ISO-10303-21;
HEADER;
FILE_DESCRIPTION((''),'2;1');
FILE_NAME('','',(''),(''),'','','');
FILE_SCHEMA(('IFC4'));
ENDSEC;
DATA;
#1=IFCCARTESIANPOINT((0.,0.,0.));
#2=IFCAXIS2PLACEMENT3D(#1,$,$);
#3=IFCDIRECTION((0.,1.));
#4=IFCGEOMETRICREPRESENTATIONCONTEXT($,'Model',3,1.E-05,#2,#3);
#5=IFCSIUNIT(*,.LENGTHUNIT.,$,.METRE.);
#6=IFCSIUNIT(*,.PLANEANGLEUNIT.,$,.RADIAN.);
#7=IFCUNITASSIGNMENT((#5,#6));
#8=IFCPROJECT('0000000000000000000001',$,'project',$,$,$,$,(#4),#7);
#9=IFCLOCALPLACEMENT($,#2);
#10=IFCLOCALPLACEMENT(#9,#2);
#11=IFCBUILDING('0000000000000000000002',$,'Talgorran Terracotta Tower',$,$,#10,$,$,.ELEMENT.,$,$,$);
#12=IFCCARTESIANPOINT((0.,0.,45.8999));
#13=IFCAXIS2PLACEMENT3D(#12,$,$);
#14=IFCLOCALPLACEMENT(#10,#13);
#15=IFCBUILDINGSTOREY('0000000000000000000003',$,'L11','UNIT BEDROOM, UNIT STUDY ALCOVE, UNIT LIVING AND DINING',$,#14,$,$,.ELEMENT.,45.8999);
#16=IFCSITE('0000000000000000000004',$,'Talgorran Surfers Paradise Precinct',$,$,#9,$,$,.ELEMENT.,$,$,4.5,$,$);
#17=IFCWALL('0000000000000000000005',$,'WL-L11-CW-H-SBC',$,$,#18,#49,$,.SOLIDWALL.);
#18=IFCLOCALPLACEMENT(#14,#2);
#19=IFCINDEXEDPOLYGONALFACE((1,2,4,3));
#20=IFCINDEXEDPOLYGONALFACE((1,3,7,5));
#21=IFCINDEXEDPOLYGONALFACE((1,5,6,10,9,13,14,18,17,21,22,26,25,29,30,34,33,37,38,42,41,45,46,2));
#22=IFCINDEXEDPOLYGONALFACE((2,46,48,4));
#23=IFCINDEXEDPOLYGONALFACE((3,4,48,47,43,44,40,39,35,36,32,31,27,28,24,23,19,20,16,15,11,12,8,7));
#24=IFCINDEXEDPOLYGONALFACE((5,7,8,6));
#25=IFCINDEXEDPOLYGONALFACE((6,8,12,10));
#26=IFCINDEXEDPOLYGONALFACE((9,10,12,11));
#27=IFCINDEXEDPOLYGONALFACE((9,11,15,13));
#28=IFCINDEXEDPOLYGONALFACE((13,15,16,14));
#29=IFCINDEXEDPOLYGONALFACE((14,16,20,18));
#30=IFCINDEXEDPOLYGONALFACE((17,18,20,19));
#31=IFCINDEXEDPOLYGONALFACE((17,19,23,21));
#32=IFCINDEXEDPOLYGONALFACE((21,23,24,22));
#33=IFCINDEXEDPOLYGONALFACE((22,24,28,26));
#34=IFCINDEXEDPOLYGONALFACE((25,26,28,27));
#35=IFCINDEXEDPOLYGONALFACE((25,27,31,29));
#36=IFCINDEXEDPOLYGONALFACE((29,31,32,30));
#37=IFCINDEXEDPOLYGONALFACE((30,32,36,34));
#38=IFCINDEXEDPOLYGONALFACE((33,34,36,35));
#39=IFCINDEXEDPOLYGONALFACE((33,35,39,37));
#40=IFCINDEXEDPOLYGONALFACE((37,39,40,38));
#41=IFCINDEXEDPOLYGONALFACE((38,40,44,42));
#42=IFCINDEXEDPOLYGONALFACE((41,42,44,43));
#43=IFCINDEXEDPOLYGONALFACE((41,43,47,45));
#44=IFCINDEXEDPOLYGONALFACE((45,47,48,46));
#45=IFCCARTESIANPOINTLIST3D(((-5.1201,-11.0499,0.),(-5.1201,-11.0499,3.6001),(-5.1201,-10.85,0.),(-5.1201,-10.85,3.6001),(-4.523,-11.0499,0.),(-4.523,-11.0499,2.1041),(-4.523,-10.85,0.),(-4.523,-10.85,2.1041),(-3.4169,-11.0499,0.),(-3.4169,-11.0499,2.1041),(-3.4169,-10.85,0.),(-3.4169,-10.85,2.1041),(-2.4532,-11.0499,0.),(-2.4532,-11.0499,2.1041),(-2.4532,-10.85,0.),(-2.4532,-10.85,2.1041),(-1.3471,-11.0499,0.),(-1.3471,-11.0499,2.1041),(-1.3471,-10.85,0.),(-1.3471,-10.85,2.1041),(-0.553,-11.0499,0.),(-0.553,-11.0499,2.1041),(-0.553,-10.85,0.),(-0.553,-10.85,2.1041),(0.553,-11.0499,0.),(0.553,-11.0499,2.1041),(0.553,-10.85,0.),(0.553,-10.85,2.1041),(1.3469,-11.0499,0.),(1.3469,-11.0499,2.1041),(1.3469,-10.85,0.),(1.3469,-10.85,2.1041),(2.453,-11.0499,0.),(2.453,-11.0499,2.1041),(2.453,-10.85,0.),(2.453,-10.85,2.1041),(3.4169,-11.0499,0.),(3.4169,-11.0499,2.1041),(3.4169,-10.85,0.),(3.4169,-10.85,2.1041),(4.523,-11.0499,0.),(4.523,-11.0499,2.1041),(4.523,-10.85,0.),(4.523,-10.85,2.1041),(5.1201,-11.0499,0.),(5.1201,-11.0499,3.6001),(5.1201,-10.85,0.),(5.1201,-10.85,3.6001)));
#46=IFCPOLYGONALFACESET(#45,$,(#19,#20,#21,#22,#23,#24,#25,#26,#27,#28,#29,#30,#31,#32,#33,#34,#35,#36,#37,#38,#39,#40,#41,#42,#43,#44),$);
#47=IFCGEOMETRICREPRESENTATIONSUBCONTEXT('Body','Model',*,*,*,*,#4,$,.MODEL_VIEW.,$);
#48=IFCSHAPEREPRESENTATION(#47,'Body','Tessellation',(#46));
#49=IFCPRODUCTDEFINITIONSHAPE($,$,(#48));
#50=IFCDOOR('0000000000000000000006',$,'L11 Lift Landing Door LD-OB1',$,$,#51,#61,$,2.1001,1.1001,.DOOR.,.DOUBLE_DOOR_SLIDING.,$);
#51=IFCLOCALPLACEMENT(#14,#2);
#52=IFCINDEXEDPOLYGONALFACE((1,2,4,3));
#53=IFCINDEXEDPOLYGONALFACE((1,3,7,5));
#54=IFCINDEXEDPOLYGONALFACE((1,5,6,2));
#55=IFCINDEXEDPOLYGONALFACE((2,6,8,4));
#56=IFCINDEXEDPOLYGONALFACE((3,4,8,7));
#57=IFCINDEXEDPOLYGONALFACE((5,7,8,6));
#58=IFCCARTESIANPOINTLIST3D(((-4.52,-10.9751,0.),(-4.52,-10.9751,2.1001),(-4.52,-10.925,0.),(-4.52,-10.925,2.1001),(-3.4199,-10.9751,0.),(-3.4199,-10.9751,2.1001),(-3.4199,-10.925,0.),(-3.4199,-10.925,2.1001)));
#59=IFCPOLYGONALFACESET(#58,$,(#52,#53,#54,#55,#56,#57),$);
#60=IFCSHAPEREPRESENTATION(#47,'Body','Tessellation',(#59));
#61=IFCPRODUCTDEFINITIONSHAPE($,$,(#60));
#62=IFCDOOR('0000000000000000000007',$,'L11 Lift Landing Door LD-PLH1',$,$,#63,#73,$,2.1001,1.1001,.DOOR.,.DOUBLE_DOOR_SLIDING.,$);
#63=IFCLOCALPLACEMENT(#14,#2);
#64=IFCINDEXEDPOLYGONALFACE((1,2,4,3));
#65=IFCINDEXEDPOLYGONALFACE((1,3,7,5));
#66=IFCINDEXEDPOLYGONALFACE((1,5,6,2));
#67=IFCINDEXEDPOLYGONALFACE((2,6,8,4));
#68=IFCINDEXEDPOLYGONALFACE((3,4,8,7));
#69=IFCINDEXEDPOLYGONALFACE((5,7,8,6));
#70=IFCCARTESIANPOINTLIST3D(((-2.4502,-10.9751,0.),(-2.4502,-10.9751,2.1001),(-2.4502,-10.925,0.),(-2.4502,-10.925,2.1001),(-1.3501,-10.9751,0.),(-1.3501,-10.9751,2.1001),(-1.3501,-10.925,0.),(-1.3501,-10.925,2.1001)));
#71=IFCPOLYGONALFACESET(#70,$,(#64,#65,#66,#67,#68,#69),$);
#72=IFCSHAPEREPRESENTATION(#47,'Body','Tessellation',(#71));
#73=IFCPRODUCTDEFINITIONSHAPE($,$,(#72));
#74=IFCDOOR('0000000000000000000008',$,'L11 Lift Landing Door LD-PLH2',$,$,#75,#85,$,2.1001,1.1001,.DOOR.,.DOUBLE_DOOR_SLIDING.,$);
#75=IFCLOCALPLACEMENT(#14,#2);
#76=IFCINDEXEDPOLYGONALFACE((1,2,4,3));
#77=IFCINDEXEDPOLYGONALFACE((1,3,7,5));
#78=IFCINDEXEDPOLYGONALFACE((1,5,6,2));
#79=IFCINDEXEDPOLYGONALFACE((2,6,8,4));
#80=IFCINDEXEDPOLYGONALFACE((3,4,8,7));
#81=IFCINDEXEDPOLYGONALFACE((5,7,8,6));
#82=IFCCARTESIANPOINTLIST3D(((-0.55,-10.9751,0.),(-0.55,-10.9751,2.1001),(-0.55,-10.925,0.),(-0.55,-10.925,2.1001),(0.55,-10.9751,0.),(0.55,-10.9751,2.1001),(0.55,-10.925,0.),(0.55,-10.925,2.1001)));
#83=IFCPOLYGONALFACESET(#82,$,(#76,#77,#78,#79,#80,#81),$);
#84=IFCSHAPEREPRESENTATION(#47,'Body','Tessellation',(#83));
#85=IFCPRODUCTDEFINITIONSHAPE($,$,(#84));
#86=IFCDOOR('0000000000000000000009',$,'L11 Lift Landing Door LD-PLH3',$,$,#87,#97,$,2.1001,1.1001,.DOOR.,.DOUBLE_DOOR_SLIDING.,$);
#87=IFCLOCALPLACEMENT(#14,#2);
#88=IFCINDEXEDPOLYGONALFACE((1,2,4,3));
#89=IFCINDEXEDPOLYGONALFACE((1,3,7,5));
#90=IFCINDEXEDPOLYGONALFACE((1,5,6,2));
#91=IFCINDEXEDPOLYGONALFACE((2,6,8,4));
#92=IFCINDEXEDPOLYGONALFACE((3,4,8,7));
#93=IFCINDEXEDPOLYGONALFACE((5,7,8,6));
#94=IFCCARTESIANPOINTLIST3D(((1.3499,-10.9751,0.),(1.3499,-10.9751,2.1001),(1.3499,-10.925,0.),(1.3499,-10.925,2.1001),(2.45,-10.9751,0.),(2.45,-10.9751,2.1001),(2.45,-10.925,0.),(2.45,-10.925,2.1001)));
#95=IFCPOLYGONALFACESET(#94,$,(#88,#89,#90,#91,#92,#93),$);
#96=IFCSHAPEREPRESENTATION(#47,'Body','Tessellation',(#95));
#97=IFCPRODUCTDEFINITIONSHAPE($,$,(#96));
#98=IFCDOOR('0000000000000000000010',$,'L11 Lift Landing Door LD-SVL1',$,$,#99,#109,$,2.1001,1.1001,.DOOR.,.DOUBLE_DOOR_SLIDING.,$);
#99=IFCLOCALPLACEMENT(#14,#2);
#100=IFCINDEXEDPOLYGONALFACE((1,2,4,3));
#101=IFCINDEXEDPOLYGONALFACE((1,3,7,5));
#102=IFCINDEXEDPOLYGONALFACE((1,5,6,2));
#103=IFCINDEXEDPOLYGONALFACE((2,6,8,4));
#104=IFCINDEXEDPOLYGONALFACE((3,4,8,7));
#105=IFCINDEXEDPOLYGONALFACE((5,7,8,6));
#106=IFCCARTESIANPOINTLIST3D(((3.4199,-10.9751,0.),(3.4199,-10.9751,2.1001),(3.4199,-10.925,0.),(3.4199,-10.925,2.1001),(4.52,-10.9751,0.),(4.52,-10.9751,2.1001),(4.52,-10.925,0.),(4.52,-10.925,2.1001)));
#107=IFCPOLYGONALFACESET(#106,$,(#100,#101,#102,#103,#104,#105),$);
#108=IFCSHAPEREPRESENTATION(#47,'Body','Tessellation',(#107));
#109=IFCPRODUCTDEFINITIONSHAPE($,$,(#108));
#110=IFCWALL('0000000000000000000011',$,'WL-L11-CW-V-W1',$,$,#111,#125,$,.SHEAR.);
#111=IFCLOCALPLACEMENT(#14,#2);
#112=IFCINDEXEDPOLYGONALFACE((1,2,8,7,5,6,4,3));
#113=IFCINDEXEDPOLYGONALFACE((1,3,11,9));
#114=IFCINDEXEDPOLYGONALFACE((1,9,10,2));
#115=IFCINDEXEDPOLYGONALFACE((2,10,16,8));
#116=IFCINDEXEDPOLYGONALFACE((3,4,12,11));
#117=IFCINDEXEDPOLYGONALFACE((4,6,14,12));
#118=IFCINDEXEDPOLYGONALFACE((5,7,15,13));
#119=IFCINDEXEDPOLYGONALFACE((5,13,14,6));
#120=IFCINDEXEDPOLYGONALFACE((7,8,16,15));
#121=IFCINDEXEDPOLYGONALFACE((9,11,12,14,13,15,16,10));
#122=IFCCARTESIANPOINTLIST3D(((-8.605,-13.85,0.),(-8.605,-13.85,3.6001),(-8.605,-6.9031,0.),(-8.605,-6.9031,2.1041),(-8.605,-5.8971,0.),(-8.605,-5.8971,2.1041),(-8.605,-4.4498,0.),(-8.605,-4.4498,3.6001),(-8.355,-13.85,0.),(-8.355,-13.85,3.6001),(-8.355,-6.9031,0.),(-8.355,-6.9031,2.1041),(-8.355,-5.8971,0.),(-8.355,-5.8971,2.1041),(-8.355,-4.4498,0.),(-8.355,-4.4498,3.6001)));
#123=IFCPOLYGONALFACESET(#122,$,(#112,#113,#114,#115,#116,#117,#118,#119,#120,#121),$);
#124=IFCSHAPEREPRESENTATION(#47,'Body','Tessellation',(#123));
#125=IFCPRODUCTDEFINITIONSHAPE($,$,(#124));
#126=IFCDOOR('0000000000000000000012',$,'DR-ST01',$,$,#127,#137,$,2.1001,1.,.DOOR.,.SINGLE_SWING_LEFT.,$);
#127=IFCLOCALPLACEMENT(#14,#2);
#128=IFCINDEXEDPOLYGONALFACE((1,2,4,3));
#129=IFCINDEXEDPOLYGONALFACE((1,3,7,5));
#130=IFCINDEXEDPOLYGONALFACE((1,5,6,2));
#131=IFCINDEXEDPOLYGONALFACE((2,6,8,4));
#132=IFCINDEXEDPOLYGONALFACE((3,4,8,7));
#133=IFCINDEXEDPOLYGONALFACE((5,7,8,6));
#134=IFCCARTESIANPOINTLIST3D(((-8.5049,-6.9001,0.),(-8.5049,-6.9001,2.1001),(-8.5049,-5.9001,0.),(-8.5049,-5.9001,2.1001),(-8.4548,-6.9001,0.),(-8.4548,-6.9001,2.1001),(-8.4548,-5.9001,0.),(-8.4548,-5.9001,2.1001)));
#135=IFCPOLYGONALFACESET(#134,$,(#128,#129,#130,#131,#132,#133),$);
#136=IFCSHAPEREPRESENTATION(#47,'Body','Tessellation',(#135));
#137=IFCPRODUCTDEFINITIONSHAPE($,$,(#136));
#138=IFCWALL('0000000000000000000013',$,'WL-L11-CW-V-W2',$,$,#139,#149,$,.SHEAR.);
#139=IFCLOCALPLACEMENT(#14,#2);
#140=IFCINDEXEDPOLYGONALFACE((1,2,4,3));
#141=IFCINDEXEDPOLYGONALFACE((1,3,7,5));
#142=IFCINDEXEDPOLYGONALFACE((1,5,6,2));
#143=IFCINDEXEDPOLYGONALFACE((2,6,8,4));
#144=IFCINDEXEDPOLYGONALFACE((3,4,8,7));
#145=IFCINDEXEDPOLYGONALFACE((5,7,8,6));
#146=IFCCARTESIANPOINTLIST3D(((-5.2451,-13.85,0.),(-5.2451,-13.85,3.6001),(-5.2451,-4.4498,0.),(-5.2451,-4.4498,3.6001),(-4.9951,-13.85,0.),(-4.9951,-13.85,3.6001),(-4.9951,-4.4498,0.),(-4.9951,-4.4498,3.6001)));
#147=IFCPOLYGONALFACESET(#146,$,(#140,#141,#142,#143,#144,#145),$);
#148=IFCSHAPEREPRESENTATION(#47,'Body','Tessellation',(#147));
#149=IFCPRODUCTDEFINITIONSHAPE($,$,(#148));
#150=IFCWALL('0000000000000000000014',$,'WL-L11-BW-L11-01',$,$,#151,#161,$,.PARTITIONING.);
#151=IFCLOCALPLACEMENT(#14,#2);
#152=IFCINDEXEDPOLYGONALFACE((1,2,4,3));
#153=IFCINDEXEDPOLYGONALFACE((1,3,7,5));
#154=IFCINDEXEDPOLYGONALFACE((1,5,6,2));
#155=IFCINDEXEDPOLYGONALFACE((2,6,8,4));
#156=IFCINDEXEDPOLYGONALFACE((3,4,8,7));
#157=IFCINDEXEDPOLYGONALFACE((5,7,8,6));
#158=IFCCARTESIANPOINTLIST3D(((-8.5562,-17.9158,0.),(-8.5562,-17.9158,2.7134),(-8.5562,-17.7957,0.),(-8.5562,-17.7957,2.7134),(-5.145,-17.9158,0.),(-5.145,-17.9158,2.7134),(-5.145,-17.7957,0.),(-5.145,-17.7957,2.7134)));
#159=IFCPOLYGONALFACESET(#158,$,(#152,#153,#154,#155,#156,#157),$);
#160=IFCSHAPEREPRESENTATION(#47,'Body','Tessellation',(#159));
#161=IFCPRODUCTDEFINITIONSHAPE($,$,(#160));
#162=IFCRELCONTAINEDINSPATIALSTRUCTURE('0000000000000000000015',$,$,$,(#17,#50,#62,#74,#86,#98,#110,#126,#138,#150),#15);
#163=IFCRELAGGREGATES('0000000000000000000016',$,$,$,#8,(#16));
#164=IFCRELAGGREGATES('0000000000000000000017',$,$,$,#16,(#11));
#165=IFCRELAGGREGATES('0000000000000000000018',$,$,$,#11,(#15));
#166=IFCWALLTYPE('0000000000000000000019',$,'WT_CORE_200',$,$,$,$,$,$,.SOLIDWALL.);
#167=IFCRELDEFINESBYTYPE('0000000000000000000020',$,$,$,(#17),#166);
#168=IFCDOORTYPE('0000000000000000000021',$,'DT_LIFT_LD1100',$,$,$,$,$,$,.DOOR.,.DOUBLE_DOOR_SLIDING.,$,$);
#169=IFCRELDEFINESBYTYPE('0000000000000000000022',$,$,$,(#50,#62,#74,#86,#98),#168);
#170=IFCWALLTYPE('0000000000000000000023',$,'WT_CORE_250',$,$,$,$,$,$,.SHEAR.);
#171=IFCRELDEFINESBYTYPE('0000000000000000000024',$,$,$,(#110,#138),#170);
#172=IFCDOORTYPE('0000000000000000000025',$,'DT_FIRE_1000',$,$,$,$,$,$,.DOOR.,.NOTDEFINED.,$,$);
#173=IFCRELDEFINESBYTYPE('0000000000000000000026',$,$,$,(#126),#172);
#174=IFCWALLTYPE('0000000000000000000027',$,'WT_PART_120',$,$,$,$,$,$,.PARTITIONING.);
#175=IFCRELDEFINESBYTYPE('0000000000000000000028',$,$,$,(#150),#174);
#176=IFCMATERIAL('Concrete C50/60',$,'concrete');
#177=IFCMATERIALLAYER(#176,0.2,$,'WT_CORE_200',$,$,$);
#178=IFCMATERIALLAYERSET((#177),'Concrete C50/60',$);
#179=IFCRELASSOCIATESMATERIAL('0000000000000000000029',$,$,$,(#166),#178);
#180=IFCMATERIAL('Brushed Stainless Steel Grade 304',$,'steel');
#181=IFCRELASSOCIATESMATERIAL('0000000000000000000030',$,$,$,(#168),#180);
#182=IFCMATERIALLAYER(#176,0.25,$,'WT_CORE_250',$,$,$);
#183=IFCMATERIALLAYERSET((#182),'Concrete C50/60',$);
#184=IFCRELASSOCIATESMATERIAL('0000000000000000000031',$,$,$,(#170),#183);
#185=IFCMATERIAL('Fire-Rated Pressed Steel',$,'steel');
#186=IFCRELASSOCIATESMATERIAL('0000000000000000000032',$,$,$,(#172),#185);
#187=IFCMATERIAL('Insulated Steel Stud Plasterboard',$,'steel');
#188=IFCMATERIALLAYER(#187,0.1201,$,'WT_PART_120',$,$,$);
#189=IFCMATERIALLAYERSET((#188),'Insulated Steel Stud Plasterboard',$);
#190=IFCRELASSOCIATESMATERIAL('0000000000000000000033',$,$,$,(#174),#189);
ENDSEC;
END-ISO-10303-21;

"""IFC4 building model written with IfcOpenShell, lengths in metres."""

from ifc_helpers import new_model, si_unit, direction, frame, frame_2d, origin, place, context, subcontext, project, spatial, rectangle, extrude, material, layer, layer_set, type_object, element, fill, save


model = new_model("IFC4")

# Units and contexts
model_context = context("Model", 3, precision=1e-05, world=origin(), true_north=direction((0.0, 1.0)))
body_context = subcontext(model_context, "Body", "Model", "MODEL_VIEW")
ifc_project = project(units=[si_unit("LENGTHUNIT", "METRE"), si_unit("PLANEANGLEUNIT", "RADIAN")], contexts=[model_context])

# Site, building, storey
site_placement = place(None, origin())
site = spatial("IfcSite", under=ifc_project, at=site_placement, Name="Talgorran Surfers Paradise Precinct", CompositionType="ELEMENT", RefElevation=4.5)
building_placement = place(site_placement, origin())
building = spatial("IfcBuilding", under=site, at=building_placement, Name="Talgorran Terracotta Tower", CompositionType="ELEMENT")
storey_placement = place(building_placement, frame((0.0, 0.0, 45.8999)))
storey = spatial("IfcBuildingStorey", under=building, at=storey_placement, Name="L11", Description="UNIT BEDROOM, UNIT STUDY ALCOVE, UNIT LIVING AND DINING", CompositionType="ELEMENT", Elevation=45.8999)

# Shared definitions
ifc_material_1 = material(Name="Concrete C50/60", Category="concrete")
ifc_layer_1 = layer(ifc_material_1, 0.2, Name="WT_CORE_200")
ifc_layer_set_1 = layer_set([ifc_layer_1], Name="Concrete C50/60")
wall_type_1 = type_object("IfcWallType", Name="WT_CORE_200", PredefinedType="SOLIDWALL", material=ifc_layer_set_1)

# Wall, openings, doors
ifc_material_2 = material(Name="Brushed Stainless Steel Grade 304", Category="steel")
door_type_1 = type_object("IfcDoorType", Name="DT_LIFT_LD1100", OperationType="DOUBLE_DOOR_SLIDING", PredefinedType="DOOR", material=ifc_material_2)
ifc_material_3 = material(Name="Fire-Rated Pressed Steel", Category="steel")
wall_1_placement = place(storey_placement, frame((-5.1201, -10.95, 0.0), z_axis=(0.0, 0.0, 1.0), x_axis=(1.0, 0.0, 0.0)))
wall_1 = element("IfcWall", 1, at=wall_1_placement, inside=storey, type_object=wall_type_1, Name="WL-L11-CW-H-SBC", PredefinedType="SOLIDWALL", context=body_context, shape_type="SweptSolid", body=[
    extrude(rectangle(XDim=10.2402, YDim=0.2, at=frame_2d((5.1201, 0.0))), origin(), (0.0, 0.0, 1.0), 3.6001),
])
opening_1_placement = place(wall_1_placement, frame((0.6001, 0.0, 0.0)))
opening_1 = element("IfcOpeningElement", 2, at=opening_1_placement, cuts=wall_1, PredefinedType="OPENING", context=body_context, shape_type="SweptSolid", body=[
    extrude(rectangle(XDim=1.1061, YDim=2.1041, at=frame_2d((0.55, 1.052))), frame((0.0, 0.1099, 0.0), z_axis=(0.0, -1.0, 0.0), x_axis=(1.0, 0.0, 0.0)), (0.0, 0.0, 1.0), 0.22),
])
opening_2_placement = place(wall_1_placement, frame((2.6699, 0.0, 0.0)))
opening_2 = element("IfcOpeningElement", 3, at=opening_2_placement, cuts=wall_1, PredefinedType="OPENING", context=body_context, shape_type="SweptSolid", body=[
    extrude(rectangle(XDim=1.1061, YDim=2.1041, at=frame_2d((0.55, 1.052))), frame((0.0, 0.1099, 0.0), z_axis=(0.0, -1.0, 0.0), x_axis=(1.0, 0.0, 0.0)), (0.0, 0.0, 1.0), 0.22),
])
opening_3_placement = place(wall_1_placement, frame((4.5701, 0.0, 0.0)))
opening_3 = element("IfcOpeningElement", 4, at=opening_3_placement, cuts=wall_1, PredefinedType="OPENING", context=body_context, shape_type="SweptSolid", body=[
    extrude(rectangle(XDim=1.1061, YDim=2.1041, at=frame_2d((0.55, 1.052))), frame((0.0, 0.1099, 0.0), z_axis=(0.0, -1.0, 0.0), x_axis=(1.0, 0.0, 0.0)), (0.0, 0.0, 1.0), 0.22),
])
opening_4_placement = place(wall_1_placement, frame((6.47, 0.0, 0.0)))
opening_4 = element("IfcOpeningElement", 5, at=opening_4_placement, cuts=wall_1, PredefinedType="OPENING", context=body_context, shape_type="SweptSolid", body=[
    extrude(rectangle(XDim=1.1061, YDim=2.1041, at=frame_2d((0.55, 1.052))), frame((0.0, 0.1099, 0.0), z_axis=(0.0, -1.0, 0.0), x_axis=(1.0, 0.0, 0.0)), (0.0, 0.0, 1.0), 0.22),
])
opening_5_placement = place(wall_1_placement, frame((8.54, 0.0, 0.0)))
opening_5 = element("IfcOpeningElement", 6, at=opening_5_placement, cuts=wall_1, PredefinedType="OPENING", context=body_context, shape_type="SweptSolid", body=[
    extrude(rectangle(XDim=1.1061, YDim=2.1041, at=frame_2d((0.55, 1.052))), frame((0.0, 0.1099, 0.0), z_axis=(0.0, -1.0, 0.0), x_axis=(1.0, 0.0, 0.0)), (0.0, 0.0, 1.0), 0.22),
])
door_1_placement = place(opening_1_placement, origin())
door_1 = element("IfcDoor", 7, at=door_1_placement, inside=storey, type_object=door_type_1, Name="L11 Lift Landing Door LD-OB1", OperationType="DOUBLE_DOOR_SLIDING", OverallHeight=2.1001, OverallWidth=1.1001, PredefinedType="DOOR", context=body_context, shape_type="SweptSolid", body=[
    extrude(rectangle(XDim=1.1001, YDim=2.1001, at=frame_2d((0.55, 1.05))), frame((0.0, 0.0249, 0.0), z_axis=(0.0, -1.0, 0.0), x_axis=(1.0, 0.0, 0.0)), (0.0, 0.0, 1.0), 0.05),
])
fill(opening_1, door_1)
door_2_placement = place(opening_2_placement, origin())
door_2 = element("IfcDoor", 8, at=door_2_placement, inside=storey, type_object=door_type_1, Name="L11 Lift Landing Door LD-PLH1", OperationType="DOUBLE_DOOR_SLIDING", OverallHeight=2.1001, OverallWidth=1.1001, PredefinedType="DOOR", context=body_context, shape_type="SweptSolid", body=[
    extrude(rectangle(XDim=1.1001, YDim=2.1001, at=frame_2d((0.55, 1.05))), frame((0.0, 0.0249, 0.0), z_axis=(0.0, -1.0, 0.0), x_axis=(1.0, 0.0, 0.0)), (0.0, 0.0, 1.0), 0.05),
])
fill(opening_2, door_2)
door_3_placement = place(opening_3_placement, origin())
door_3 = element("IfcDoor", 9, at=door_3_placement, inside=storey, type_object=door_type_1, Name="L11 Lift Landing Door LD-PLH2", OperationType="DOUBLE_DOOR_SLIDING", OverallHeight=2.1001, OverallWidth=1.1001, PredefinedType="DOOR", context=body_context, shape_type="SweptSolid", body=[
    extrude(rectangle(XDim=1.1001, YDim=2.1001, at=frame_2d((0.55, 1.05))), frame((0.0, 0.0249, 0.0), z_axis=(0.0, -1.0, 0.0), x_axis=(1.0, 0.0, 0.0)), (0.0, 0.0, 1.0), 0.05),
])
fill(opening_3, door_3)
door_4_placement = place(opening_4_placement, origin())
door_4 = element("IfcDoor", 10, at=door_4_placement, inside=storey, type_object=door_type_1, Name="L11 Lift Landing Door LD-PLH3", OperationType="DOUBLE_DOOR_SLIDING", OverallHeight=2.1001, OverallWidth=1.1001, PredefinedType="DOOR", context=body_context, shape_type="SweptSolid", body=[
    extrude(rectangle(XDim=1.1001, YDim=2.1001, at=frame_2d((0.55, 1.05))), frame((0.0, 0.0249, 0.0), z_axis=(0.0, -1.0, 0.0), x_axis=(1.0, 0.0, 0.0)), (0.0, 0.0, 1.0), 0.05),
])
fill(opening_4, door_4)
door_5_placement = place(opening_5_placement, origin())
door_5 = element("IfcDoor", 11, at=door_5_placement, inside=storey, type_object=door_type_1, Name="L11 Lift Landing Door LD-SVL1", OperationType="DOUBLE_DOOR_SLIDING", OverallHeight=2.1001, OverallWidth=1.1001, PredefinedType="DOOR", context=body_context, shape_type="SweptSolid", body=[
    extrude(rectangle(XDim=1.1001, YDim=2.1001, at=frame_2d((0.55, 1.05))), frame((0.0, 0.0249, 0.0), z_axis=(0.0, -1.0, 0.0), x_axis=(1.0, 0.0, 0.0)), (0.0, 0.0, 1.0), 0.05),
])
fill(opening_5, door_5)

# Wall, opening, door
ifc_layer_2 = layer(ifc_material_1, 0.25, Name="WT_CORE_250")
ifc_layer_set_2 = layer_set([ifc_layer_2], Name="Concrete C50/60")
wall_type_2 = type_object("IfcWallType", Name="WT_CORE_250", PredefinedType="SHEAR", material=ifc_layer_set_2)
wall_2_placement = place(storey_placement, frame((-8.48, -13.8501, 0.0), z_axis=(0.0, 0.0, 1.0), x_axis=(0.0, 1.0, 0.0)))
wall_2 = element("IfcWall", 12, at=wall_2_placement, inside=storey, type_object=wall_type_2, Name="WL-L11-CW-V-W1", PredefinedType="SHEAR", context=body_context, shape_type="SweptSolid", body=[
    extrude(rectangle(XDim=9.4001, YDim=0.25, at=frame_2d((4.7002, 0.0))), origin(), (0.0, 0.0, 1.0), 3.6001),
])
opening_6_placement = place(wall_2_placement, frame((6.95, 0.0, 0.0)))
opening_6 = element("IfcOpeningElement", 13, at=opening_6_placement, cuts=wall_2, PredefinedType="OPENING", context=body_context, shape_type="SweptSolid", body=[
    extrude(rectangle(XDim=1.006, YDim=2.1041, at=frame_2d((0.5, 1.052))), frame((0.0, 0.135, 0.0), z_axis=(0.0, -1.0, 0.0), x_axis=(1.0, 0.0, 0.0)), (0.0, 0.0, 1.0), 0.27),
])
door_type_2 = type_object("IfcDoorType", Name="DT_FIRE_1000", OperationType="NOTDEFINED", PredefinedType="DOOR", material=ifc_material_3)
door_6_placement = place(opening_6_placement, origin())
door_6 = element("IfcDoor", 14, at=door_6_placement, inside=storey, type_object=door_type_2, Name="DR-ST01", OperationType="SINGLE_SWING_LEFT", OverallHeight=2.1001, OverallWidth=1.0, PredefinedType="DOOR", context=body_context, shape_type="SweptSolid", body=[
    extrude(rectangle(XDim=1.0, YDim=2.1001, at=frame_2d((0.5, 1.05))), frame((0.0, 0.0249, 0.0), z_axis=(0.0, -1.0, 0.0), x_axis=(1.0, 0.0, 0.0)), (0.0, 0.0, 1.0), 0.05),
])
fill(opening_6, door_6)

# Walls
wall_3_placement = place(storey_placement, frame((-5.1201, -13.8501, 0.0), z_axis=(0.0, 0.0, 1.0), x_axis=(0.0, 1.0, 0.0)))
element("IfcWall", 15, at=wall_3_placement, inside=storey, type_object=wall_type_2, Name="WL-L11-CW-V-W2", PredefinedType="SHEAR", context=body_context, shape_type="SweptSolid", body=[
    extrude(rectangle(XDim=9.4001, YDim=0.25, at=frame_2d((4.7002, 0.0))), origin(), (0.0, 0.0, 1.0), 3.6001),
])
ifc_material_4 = material(Name="Insulated Steel Stud Plasterboard", Category="steel")
ifc_layer_3 = layer(ifc_material_4, 0.1201, Name="WT_PART_120")
ifc_layer_set_3 = layer_set([ifc_layer_3], Name="Insulated Steel Stud Plasterboard")
wall_type_3 = type_object("IfcWallType", Name="WT_PART_120", PredefinedType="PARTITIONING", material=ifc_layer_set_3)
wall_4_placement = place(storey_placement, frame((-8.5562, -17.8557, 0.0), z_axis=(0.0, 0.0, 1.0), x_axis=(1.0, 0.0, 0.0)))
element("IfcWall", 16, at=wall_4_placement, inside=storey, type_object=wall_type_3, Name="WL-L11-BW-L11-01", PredefinedType="PARTITIONING", context=body_context, shape_type="SweptSolid", body=[
    extrude(rectangle(XDim=3.4111, YDim=0.1201, at=frame_2d((1.7056, 0.0))), origin(), (0.0, 0.0, 1.0), 2.7134),
])

save(model, "model.ifc")
